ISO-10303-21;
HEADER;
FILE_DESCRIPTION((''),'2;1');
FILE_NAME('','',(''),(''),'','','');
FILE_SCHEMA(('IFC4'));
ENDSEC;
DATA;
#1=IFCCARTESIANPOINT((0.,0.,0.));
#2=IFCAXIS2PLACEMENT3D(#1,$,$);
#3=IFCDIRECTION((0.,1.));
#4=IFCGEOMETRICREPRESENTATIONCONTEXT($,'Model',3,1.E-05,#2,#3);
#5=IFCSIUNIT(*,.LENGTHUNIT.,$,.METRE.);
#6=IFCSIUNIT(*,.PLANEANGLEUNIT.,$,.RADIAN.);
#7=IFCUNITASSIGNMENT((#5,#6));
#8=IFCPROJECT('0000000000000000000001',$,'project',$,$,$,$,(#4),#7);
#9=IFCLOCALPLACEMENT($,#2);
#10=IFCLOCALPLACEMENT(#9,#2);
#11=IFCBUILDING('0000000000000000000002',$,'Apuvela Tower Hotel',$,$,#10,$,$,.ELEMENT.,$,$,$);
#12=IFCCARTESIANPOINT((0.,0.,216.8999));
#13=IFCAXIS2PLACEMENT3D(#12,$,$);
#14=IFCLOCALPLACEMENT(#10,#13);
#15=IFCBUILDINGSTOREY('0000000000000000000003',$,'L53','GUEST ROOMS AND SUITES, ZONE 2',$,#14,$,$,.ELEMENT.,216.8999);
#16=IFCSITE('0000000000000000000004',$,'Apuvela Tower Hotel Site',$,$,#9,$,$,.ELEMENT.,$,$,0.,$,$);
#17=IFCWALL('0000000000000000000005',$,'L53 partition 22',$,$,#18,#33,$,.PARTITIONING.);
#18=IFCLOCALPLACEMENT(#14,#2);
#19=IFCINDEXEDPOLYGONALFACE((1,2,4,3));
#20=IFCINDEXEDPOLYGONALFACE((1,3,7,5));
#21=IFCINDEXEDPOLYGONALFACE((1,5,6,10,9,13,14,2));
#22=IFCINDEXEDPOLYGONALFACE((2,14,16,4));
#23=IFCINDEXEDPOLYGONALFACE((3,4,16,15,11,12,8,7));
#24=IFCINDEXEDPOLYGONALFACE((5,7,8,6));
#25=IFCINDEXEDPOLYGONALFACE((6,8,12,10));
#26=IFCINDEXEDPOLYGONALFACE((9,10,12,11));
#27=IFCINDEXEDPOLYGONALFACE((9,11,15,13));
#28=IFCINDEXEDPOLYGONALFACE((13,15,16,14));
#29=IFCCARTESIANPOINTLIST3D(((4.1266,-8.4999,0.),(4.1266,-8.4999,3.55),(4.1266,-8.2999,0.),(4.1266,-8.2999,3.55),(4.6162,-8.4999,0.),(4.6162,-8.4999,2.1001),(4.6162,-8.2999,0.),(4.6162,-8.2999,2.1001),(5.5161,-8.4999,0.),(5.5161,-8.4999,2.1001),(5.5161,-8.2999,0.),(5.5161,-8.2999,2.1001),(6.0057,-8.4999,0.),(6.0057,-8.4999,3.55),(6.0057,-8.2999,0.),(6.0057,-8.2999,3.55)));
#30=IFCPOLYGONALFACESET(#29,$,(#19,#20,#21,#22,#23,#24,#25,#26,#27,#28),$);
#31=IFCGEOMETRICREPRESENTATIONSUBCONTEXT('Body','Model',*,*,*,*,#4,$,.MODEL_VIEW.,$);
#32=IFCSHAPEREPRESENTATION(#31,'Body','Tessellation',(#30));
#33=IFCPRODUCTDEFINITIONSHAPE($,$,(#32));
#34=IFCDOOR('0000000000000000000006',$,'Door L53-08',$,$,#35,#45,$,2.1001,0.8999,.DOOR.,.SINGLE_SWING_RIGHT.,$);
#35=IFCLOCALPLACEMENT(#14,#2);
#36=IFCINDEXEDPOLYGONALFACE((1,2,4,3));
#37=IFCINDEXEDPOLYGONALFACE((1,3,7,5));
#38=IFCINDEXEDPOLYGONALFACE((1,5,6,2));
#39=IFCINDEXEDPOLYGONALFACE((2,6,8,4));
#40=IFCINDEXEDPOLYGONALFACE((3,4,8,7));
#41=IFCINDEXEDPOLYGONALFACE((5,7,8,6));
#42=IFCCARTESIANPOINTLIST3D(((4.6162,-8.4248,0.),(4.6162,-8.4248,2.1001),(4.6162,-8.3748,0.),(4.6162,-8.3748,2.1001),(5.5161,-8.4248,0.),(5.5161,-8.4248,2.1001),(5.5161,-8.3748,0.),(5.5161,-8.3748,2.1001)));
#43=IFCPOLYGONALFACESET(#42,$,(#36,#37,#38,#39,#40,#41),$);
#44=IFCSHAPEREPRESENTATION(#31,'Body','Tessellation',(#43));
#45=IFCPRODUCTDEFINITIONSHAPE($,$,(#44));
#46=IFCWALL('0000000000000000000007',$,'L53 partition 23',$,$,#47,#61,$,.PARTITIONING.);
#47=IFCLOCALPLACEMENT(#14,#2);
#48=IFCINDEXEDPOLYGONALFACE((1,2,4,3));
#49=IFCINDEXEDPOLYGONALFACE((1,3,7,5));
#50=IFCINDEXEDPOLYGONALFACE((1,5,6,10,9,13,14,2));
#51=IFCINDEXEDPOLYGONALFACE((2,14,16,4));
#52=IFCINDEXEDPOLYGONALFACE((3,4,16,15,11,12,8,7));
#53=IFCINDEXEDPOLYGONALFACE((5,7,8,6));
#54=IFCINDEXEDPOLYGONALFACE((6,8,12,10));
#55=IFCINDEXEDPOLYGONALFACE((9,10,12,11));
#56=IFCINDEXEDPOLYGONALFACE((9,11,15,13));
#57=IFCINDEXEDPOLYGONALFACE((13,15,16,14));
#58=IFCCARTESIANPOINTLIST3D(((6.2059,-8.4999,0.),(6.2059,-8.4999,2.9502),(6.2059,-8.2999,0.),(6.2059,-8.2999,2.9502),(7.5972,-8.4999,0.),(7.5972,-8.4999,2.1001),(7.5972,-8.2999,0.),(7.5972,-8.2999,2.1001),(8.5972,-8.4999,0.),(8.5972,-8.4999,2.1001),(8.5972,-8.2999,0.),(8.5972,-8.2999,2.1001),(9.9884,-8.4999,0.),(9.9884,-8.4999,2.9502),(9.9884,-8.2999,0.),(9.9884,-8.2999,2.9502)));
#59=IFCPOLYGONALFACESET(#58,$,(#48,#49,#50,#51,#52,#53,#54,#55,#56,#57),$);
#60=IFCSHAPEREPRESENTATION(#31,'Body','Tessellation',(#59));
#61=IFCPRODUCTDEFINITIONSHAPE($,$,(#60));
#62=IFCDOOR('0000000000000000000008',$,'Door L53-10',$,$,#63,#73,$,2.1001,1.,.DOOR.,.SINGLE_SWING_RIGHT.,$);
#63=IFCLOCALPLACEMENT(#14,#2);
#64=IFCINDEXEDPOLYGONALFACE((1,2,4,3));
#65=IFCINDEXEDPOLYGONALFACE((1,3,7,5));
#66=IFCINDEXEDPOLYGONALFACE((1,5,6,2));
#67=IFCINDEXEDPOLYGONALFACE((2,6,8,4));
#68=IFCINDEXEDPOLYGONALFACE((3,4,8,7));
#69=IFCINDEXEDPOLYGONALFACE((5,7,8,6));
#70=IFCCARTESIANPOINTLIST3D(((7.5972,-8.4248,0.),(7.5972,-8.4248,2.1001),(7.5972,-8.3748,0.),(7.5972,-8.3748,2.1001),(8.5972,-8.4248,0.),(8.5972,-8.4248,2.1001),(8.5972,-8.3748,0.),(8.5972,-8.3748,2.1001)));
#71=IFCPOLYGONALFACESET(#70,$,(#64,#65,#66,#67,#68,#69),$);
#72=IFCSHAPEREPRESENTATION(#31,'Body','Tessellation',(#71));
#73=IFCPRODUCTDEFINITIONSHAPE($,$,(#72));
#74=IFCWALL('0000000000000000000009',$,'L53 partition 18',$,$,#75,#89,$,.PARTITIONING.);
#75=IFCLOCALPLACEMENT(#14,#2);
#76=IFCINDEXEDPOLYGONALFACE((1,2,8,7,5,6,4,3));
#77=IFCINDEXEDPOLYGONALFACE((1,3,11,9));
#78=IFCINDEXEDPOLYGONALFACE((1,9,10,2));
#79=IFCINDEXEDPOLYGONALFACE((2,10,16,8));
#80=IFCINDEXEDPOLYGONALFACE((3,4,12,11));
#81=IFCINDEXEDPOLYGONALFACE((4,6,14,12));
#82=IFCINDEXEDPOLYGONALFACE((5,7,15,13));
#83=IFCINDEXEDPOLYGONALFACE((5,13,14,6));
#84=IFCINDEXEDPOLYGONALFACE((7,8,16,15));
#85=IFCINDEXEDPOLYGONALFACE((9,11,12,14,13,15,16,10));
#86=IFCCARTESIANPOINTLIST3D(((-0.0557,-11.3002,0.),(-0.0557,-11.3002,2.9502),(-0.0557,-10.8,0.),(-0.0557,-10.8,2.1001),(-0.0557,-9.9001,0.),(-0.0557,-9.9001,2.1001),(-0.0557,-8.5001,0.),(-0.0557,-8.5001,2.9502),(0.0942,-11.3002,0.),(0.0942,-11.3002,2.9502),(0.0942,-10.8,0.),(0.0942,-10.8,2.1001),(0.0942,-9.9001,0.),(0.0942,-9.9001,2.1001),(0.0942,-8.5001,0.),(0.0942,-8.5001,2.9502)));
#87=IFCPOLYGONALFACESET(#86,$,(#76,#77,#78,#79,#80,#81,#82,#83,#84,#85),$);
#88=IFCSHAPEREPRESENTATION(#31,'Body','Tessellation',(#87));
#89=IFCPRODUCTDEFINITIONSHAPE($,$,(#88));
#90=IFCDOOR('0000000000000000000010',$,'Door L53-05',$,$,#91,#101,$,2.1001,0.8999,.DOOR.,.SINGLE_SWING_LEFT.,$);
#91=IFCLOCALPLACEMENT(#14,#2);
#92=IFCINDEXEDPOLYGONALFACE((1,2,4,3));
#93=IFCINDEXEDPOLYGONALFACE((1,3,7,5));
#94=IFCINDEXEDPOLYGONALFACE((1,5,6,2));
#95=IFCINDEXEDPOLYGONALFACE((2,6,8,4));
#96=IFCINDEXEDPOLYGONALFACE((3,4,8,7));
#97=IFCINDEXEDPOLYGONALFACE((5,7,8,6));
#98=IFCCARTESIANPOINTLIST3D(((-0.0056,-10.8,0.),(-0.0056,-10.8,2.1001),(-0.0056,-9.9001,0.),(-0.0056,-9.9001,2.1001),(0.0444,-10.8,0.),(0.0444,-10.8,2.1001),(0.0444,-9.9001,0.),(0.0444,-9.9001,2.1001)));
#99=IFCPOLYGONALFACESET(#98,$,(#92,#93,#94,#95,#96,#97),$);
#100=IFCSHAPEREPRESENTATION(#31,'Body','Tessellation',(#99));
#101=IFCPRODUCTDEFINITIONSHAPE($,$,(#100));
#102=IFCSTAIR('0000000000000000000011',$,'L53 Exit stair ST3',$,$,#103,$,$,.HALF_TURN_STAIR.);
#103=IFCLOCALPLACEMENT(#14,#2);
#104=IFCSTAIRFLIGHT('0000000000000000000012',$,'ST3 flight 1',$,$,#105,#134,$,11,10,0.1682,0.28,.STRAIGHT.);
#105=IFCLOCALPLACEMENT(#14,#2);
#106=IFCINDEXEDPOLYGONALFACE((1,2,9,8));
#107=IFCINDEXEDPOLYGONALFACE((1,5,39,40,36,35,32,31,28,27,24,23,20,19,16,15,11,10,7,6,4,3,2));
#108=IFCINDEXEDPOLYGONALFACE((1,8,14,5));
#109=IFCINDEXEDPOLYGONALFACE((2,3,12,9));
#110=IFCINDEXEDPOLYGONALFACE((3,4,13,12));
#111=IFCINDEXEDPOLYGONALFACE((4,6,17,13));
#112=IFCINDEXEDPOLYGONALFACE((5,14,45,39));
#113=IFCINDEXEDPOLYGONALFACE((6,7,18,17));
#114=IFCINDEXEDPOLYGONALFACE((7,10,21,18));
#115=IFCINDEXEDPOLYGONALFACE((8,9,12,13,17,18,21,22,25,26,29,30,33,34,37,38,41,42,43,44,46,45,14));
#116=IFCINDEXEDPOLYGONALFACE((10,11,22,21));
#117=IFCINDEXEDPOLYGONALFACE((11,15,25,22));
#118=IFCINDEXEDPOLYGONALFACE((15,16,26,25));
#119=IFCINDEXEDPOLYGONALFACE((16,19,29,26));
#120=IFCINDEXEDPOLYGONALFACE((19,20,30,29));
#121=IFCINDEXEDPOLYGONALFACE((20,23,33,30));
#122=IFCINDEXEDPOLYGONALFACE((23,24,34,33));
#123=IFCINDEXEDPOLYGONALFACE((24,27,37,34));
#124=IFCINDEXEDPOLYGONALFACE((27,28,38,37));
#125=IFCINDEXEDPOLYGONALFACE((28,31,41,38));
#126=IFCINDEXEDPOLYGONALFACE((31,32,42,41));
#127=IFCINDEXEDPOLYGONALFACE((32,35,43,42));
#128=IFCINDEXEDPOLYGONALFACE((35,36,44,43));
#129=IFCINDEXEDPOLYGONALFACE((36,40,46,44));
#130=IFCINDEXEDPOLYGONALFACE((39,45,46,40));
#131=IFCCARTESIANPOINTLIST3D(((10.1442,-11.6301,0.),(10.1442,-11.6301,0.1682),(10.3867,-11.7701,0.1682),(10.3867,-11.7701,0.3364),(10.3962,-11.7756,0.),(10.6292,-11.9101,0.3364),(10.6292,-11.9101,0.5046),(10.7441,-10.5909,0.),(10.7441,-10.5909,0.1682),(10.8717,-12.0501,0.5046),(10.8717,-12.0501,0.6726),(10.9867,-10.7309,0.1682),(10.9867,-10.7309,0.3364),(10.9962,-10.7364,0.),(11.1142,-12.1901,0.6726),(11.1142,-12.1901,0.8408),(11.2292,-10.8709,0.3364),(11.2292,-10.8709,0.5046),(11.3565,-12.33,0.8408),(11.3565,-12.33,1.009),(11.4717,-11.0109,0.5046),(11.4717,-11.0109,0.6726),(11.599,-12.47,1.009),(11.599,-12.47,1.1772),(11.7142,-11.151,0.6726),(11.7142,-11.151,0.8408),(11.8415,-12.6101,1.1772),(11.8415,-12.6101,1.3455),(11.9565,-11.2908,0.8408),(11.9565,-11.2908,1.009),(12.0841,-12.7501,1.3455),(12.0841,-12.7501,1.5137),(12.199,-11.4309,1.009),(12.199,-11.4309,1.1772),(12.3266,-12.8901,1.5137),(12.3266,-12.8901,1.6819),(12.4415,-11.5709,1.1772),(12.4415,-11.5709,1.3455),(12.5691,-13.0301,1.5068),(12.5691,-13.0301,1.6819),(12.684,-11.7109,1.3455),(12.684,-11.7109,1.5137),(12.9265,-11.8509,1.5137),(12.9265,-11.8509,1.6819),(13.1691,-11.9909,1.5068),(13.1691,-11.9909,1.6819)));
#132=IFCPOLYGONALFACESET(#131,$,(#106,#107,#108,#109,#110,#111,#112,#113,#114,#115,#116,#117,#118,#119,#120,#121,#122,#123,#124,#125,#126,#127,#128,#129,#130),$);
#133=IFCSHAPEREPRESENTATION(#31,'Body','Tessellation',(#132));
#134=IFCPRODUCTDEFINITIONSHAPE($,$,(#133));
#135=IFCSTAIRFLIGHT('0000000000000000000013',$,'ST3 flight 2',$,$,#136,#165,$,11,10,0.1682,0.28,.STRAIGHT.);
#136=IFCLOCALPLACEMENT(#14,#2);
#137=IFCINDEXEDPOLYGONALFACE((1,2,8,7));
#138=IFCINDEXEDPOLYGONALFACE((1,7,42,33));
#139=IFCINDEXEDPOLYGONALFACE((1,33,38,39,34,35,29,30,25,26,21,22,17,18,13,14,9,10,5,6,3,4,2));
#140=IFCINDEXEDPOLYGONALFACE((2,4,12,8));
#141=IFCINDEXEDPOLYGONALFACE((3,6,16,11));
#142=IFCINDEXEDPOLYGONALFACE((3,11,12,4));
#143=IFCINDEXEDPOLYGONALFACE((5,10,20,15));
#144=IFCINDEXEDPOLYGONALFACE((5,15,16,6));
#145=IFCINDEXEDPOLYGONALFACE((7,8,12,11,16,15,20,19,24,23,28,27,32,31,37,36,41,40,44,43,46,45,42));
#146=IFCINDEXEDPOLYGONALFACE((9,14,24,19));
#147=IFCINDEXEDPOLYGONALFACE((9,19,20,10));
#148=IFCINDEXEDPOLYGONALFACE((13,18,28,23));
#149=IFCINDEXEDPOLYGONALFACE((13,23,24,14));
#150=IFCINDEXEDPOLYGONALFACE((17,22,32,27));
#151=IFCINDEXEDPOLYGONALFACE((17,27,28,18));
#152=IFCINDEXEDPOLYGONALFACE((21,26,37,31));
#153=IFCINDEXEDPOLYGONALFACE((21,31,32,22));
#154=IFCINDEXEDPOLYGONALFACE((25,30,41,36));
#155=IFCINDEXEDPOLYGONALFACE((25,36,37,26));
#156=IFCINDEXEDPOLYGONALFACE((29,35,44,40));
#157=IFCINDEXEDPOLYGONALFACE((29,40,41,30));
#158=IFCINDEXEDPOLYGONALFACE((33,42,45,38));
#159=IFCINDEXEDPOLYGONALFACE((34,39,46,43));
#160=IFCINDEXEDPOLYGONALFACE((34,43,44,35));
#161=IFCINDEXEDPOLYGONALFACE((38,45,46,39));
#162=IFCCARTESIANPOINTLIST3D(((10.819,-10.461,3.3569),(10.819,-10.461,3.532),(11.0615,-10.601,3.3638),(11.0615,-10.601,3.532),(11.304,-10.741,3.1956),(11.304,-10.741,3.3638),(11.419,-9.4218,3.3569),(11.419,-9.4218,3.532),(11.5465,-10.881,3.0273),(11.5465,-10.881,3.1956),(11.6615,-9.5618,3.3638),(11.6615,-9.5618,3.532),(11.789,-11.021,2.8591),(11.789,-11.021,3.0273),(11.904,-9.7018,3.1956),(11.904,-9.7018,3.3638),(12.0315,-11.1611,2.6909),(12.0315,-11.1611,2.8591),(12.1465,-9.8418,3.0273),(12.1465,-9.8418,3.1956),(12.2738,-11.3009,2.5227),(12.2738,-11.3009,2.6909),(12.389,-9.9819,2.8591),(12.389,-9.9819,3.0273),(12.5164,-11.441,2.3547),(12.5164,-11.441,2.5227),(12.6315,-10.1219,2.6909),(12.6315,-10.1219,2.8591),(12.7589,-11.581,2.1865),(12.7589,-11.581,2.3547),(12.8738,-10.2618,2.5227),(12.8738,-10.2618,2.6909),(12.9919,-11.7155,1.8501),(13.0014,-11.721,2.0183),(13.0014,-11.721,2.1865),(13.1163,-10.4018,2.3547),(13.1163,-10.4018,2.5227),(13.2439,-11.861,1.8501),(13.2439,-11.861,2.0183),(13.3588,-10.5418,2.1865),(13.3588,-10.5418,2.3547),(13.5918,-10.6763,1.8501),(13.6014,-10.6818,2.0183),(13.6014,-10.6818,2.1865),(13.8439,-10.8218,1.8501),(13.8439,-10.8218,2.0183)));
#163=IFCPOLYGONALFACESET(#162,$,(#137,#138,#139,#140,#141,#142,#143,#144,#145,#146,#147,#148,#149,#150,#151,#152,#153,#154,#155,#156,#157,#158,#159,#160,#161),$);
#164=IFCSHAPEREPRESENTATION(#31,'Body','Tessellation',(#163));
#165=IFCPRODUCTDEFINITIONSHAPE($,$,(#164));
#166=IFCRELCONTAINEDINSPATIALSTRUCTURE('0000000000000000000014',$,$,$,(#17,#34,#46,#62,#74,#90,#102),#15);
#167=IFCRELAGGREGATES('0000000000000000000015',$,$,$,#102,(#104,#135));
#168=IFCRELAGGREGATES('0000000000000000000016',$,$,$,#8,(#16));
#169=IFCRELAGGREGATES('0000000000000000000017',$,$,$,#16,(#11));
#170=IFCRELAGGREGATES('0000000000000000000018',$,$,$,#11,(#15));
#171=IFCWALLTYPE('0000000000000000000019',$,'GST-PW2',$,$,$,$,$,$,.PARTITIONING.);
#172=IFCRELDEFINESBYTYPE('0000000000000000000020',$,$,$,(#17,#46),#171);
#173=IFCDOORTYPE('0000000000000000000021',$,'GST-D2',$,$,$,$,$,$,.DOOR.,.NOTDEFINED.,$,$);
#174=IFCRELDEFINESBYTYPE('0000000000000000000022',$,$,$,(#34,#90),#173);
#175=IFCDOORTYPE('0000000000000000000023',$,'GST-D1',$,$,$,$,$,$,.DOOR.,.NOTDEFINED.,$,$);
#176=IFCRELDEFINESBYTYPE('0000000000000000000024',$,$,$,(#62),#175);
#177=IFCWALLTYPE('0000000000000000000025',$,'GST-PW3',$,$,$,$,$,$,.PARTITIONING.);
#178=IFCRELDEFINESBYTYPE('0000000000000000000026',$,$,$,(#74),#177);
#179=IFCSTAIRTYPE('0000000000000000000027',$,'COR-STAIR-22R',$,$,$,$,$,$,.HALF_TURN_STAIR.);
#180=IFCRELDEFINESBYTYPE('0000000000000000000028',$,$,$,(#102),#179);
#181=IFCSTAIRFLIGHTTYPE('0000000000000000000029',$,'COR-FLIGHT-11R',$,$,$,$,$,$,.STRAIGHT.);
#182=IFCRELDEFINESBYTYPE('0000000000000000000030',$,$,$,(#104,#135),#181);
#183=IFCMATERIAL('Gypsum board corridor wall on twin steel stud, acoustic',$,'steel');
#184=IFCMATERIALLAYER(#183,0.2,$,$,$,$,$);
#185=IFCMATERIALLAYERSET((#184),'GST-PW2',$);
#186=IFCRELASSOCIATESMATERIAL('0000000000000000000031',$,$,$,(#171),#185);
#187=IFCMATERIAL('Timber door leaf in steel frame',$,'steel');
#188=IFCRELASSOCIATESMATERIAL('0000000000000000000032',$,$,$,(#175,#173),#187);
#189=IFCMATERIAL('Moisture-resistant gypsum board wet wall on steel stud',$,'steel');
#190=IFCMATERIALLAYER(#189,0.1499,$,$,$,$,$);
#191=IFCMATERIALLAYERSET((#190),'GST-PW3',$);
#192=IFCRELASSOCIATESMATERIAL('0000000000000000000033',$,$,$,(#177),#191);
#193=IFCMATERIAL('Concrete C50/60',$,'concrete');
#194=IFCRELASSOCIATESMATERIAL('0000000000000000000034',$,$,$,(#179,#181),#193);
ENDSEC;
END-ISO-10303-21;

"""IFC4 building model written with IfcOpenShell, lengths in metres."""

from ifc_helpers import new_model, si_unit, direction, frame, frame_2d, origin, place, context, subcontext, project, spatial, polyline, rectangle, outline, extrude, material, layer, layer_set, type_object, element, fill, aggregate, save


model = new_model("IFC4")

# Units and contexts
model_context = context("Model", 3, precision=1e-05, world=origin(), true_north=direction((0.0, 1.0)))
body_context = subcontext(model_context, "Body", "Model", "MODEL_VIEW")
ifc_project = project(units=[si_unit("LENGTHUNIT", "METRE"), si_unit("PLANEANGLEUNIT", "RADIAN")], contexts=[model_context])

# Site, building, storey
site_placement = place(None, origin())
site = spatial("IfcSite", under=ifc_project, at=site_placement, Name="Apuvela Tower Hotel Site", CompositionType="ELEMENT", RefElevation=0.0)
building_placement = place(site_placement, origin())
building = spatial("IfcBuilding", under=site, at=building_placement, Name="Apuvela Tower Hotel", CompositionType="ELEMENT")
storey_placement = place(building_placement, frame((0.0, 0.0, 216.8999)))
storey = spatial("IfcBuildingStorey", under=building, at=storey_placement, Name="L53", Description="GUEST ROOMS AND SUITES, ZONE 2", CompositionType="ELEMENT", Elevation=216.8999)

# Shared definitions
ifc_material_1 = material(Name="Concrete C50/60", Category="concrete")

# Walls, openings, doors
ifc_material_2 = material(Name="Gypsum board corridor wall on twin steel stud, acoustic", Category="steel")
ifc_layer_1 = layer(ifc_material_2, 0.2)
ifc_layer_set_1 = layer_set([ifc_layer_1], Name="GST-PW2")
wall_type_1 = type_object("IfcWallType", Name="GST-PW2", PredefinedType="PARTITIONING", material=ifc_layer_set_1)
ifc_material_3 = material(Name="Timber door leaf in steel frame", Category="steel")
door_type_1 = type_object("IfcDoorType", Name="GST-D1", OperationType="NOTDEFINED", PredefinedType="DOOR", material=ifc_material_3)
door_type_2 = type_object("IfcDoorType", Name="GST-D2", OperationType="NOTDEFINED", PredefinedType="DOOR", material=ifc_material_3)
wall_1_placement = place(storey_placement, frame((6.0056, -8.3999, 0.0), z_axis=(0.0, 0.0, 1.0), x_axis=(-1.0, 0.0, 0.0)))
wall_1 = element("IfcWall", 1, at=wall_1_placement, inside=storey, type_object=wall_type_1, Name="L53 partition 22", PredefinedType="PARTITIONING", context=body_context, shape_type="SweptSolid", body=[
    extrude(rectangle(XDim=1.8792, YDim=0.2, at=frame_2d((0.9395, 0.0))), origin(), (0.0, 0.0, 1.0), 3.55),
])
opening_1_placement = place(wall_1_placement, frame((0.4895, 0.0, 0.0)))
opening_1 = element("IfcOpeningElement", 2, at=opening_1_placement, cuts=wall_1, PredefinedType="OPENING", context=body_context, shape_type="SweptSolid", body=[
    extrude(rectangle(XDim=0.8999, YDim=2.1001, at=frame_2d((0.45, 1.05))), frame((0.0, 0.1099, 0.0), z_axis=(0.0, -1.0, 0.0), x_axis=(1.0, 0.0, 0.0)), (0.0, 0.0, 1.0), 0.22),
])
door_1_placement = place(opening_1_placement, origin())
door_1 = element("IfcDoor", 3, at=door_1_placement, inside=storey, type_object=door_type_2, Name="Door L53-08", OperationType="SINGLE_SWING_RIGHT", OverallHeight=2.1001, OverallWidth=0.8999, PredefinedType="DOOR", context=body_context, shape_type="SweptSolid", body=[
    extrude(rectangle(XDim=0.8999, YDim=2.1001, at=frame_2d((0.45, 1.05))), frame((0.0, 0.0249, 0.0), z_axis=(0.0, -1.0, 0.0), x_axis=(1.0, 0.0, 0.0)), (0.0, 0.0, 1.0), 0.05),
])
fill(opening_1, door_1)
wall_2_placement = place(storey_placement, frame((9.9883, -8.3999, 0.0), z_axis=(0.0, 0.0, 1.0), x_axis=(-1.0, 0.0, 0.0)))
wall_2 = element("IfcWall", 4, at=wall_2_placement, inside=storey, type_object=wall_type_1, Name="L53 partition 23", PredefinedType="PARTITIONING", context=body_context, shape_type="SweptSolid", body=[
    extrude(rectangle(XDim=3.7825, YDim=0.2, at=frame_2d((1.8911, 0.0))), origin(), (0.0, 0.0, 1.0), 2.9502),
])
opening_2_placement = place(wall_2_placement, frame((1.3911, 0.0, 0.0)))
opening_2 = element("IfcOpeningElement", 5, at=opening_2_placement, cuts=wall_2, PredefinedType="OPENING", context=body_context, shape_type="SweptSolid", body=[
    extrude(rectangle(XDim=1.0, YDim=2.1001, at=frame_2d((0.5, 1.05))), frame((0.0, 0.1099, 0.0), z_axis=(0.0, -1.0, 0.0), x_axis=(1.0, 0.0, 0.0)), (0.0, 0.0, 1.0), 0.22),
])
door_2_placement = place(opening_2_placement, origin())
door_2 = element("IfcDoor", 6, at=door_2_placement, inside=storey, type_object=door_type_1, Name="Door L53-10", OperationType="SINGLE_SWING_RIGHT", OverallHeight=2.1001, OverallWidth=1.0, PredefinedType="DOOR", context=body_context, shape_type="SweptSolid", body=[
    extrude(rectangle(XDim=1.0, YDim=2.1001, at=frame_2d((0.5, 1.05))), frame((0.0, 0.0249, 0.0), z_axis=(0.0, -1.0, 0.0), x_axis=(1.0, 0.0, 0.0)), (0.0, 0.0, 1.0), 0.05),
])
fill(opening_2, door_2)
ifc_material_4 = material(Name="Moisture-resistant gypsum board wet wall on steel stud", Category="steel")
ifc_layer_2 = layer(ifc_material_4, 0.1499)
ifc_layer_set_2 = layer_set([ifc_layer_2], Name="GST-PW3")
wall_type_2 = type_object("IfcWallType", Name="GST-PW3", PredefinedType="PARTITIONING", material=ifc_layer_set_2)
wall_3_placement = place(storey_placement, frame((0.0193, -11.3, 0.0), z_axis=(0.0, 0.0, 1.0), x_axis=(0.0, 1.0, 0.0)))
wall_3 = element("IfcWall", 7, at=wall_3_placement, inside=storey, type_object=wall_type_2, Name="L53 partition 18", PredefinedType="PARTITIONING", context=body_context, shape_type="SweptSolid", body=[
    extrude(rectangle(XDim=2.8, YDim=0.1499, at=frame_2d((1.3999, 0.0))), origin(), (0.0, 0.0, 1.0), 2.9502),
])
opening_3_placement = place(wall_3_placement, frame((0.5, 0.0, 0.0)))
opening_3 = element("IfcOpeningElement", 8, at=opening_3_placement, cuts=wall_3, PredefinedType="OPENING", context=body_context, shape_type="SweptSolid", body=[
    extrude(rectangle(XDim=0.8999, YDim=2.1001, at=frame_2d((0.45, 1.05))), frame((0.0, 0.085, 0.0), z_axis=(0.0, -1.0, 0.0), x_axis=(1.0, 0.0, 0.0)), (0.0, 0.0, 1.0), 0.1699),
])
door_3_placement = place(opening_3_placement, origin())
door_3 = element("IfcDoor", 9, at=door_3_placement, inside=storey, type_object=door_type_2, Name="Door L53-05", OperationType="SINGLE_SWING_LEFT", OverallHeight=2.1001, OverallWidth=0.8999, PredefinedType="DOOR", context=body_context, shape_type="SweptSolid", body=[
    extrude(rectangle(XDim=0.8999, YDim=2.1001, at=frame_2d((0.45, 1.05))), frame((0.0, 0.0249, 0.0), z_axis=(0.0, -1.0, 0.0), x_axis=(1.0, 0.0, 0.0)), (0.0, 0.0, 1.0), 0.05),
])
fill(opening_3, door_3)

# Stair, stair flights
stair_type = type_object("IfcStairType", Name="COR-STAIR-22R", PredefinedType="HALF_TURN_STAIR", material=ifc_material_1)
stair_placement = place(storey_placement, origin())
stair = element("IfcStair", 10, at=stair_placement, inside=storey, type_object=stair_type, Name="L53 Exit stair ST3", PredefinedType="HALF_TURN_STAIR")
stair_flight_type = type_object("IfcStairFlightType", Name="COR-FLIGHT-11R", PredefinedType="STRAIGHT", material=ifc_material_1)
stair_flight_1_placement = place(storey_placement, frame((10.4441, -11.1106, 0.0), z_axis=(0.0, 0.0, 1.0), x_axis=(0.866025, -0.5, 0.0)))
stair_flight_1 = element("IfcStairFlight", 11, at=stair_flight_1_placement, type_object=stair_flight_type, Name="ST3 flight 1", NumberOfRisers=11, NumberOfTreads=10, PredefinedType="STRAIGHT", RiserHeight=0.1682, TreadLength=0.28, context=body_context, shape_type="SweptSolid", body=[
    extrude(outline(polyline([(0.0, 0.0), (0.0, 0.1682), (0.28, 0.1682), (0.28, 0.3364), (0.5601, 0.3364), (0.5601, 0.5046), (0.8401, 0.5046), (0.8401, 0.6726), (1.1201, 0.6726), (1.1201, 0.8408), (1.3999, 0.8408), (1.3999, 1.009), (1.6799, 1.009), (1.6799, 1.1772), (1.96, 1.1772), (1.96, 1.3455), (2.24, 1.3455), (2.24, 1.5137), (2.52, 1.5137), (2.52, 1.6819), (2.8, 1.6819), (2.8, 1.8501), (2.8, 1.5068), (0.291, 0.0), (0.0, 0.0)])), frame((0.0, 0.6001, 0.0), z_axis=(0.0, -1.0, 0.0), x_axis=(1.0, 0.0, 0.0)), (0.0, 0.0, 1.0), 1.2),
])
stair_flight_2_placement = place(storey_placement, frame((13.5439, -11.3413, 1.8501), z_axis=(0.0, 0.0, 1.0), x_axis=(-0.866025, 0.5, 0.0)))
stair_flight_2 = element("IfcStairFlight", 12, at=stair_flight_2_placement, type_object=stair_flight_type, Name="ST3 flight 2", NumberOfRisers=11, NumberOfTreads=10, PredefinedType="STRAIGHT", RiserHeight=0.1682, TreadLength=0.28, context=body_context, shape_type="SweptSolid", body=[
    extrude(outline(polyline([(0.0, 0.0), (0.0, 0.1682), (0.28, 0.1682), (0.28, 0.3364), (0.5601, 0.3364), (0.5601, 0.5046), (0.8401, 0.5046), (0.8401, 0.6726), (1.1201, 0.6726), (1.1201, 0.8408), (1.3999, 0.8408), (1.3999, 1.009), (1.6799, 1.009), (1.6799, 1.1772), (1.96, 1.1772), (1.96, 1.3455), (2.24, 1.3455), (2.24, 1.5137), (2.52, 1.5137), (2.52, 1.6819), (2.8, 1.6819), (2.8, 1.8501), (2.8, 1.5068), (0.291, 0.0), (0.0, 0.0)])), frame((0.0, 0.6001, 0.0), z_axis=(0.0, -1.0, 0.0), x_axis=(1.0, 0.0, 0.0)), (0.0, 0.0, 1.0), 1.2),
])
aggregate(stair, [stair_flight_1, stair_flight_2])

save(model, "model.ifc")
